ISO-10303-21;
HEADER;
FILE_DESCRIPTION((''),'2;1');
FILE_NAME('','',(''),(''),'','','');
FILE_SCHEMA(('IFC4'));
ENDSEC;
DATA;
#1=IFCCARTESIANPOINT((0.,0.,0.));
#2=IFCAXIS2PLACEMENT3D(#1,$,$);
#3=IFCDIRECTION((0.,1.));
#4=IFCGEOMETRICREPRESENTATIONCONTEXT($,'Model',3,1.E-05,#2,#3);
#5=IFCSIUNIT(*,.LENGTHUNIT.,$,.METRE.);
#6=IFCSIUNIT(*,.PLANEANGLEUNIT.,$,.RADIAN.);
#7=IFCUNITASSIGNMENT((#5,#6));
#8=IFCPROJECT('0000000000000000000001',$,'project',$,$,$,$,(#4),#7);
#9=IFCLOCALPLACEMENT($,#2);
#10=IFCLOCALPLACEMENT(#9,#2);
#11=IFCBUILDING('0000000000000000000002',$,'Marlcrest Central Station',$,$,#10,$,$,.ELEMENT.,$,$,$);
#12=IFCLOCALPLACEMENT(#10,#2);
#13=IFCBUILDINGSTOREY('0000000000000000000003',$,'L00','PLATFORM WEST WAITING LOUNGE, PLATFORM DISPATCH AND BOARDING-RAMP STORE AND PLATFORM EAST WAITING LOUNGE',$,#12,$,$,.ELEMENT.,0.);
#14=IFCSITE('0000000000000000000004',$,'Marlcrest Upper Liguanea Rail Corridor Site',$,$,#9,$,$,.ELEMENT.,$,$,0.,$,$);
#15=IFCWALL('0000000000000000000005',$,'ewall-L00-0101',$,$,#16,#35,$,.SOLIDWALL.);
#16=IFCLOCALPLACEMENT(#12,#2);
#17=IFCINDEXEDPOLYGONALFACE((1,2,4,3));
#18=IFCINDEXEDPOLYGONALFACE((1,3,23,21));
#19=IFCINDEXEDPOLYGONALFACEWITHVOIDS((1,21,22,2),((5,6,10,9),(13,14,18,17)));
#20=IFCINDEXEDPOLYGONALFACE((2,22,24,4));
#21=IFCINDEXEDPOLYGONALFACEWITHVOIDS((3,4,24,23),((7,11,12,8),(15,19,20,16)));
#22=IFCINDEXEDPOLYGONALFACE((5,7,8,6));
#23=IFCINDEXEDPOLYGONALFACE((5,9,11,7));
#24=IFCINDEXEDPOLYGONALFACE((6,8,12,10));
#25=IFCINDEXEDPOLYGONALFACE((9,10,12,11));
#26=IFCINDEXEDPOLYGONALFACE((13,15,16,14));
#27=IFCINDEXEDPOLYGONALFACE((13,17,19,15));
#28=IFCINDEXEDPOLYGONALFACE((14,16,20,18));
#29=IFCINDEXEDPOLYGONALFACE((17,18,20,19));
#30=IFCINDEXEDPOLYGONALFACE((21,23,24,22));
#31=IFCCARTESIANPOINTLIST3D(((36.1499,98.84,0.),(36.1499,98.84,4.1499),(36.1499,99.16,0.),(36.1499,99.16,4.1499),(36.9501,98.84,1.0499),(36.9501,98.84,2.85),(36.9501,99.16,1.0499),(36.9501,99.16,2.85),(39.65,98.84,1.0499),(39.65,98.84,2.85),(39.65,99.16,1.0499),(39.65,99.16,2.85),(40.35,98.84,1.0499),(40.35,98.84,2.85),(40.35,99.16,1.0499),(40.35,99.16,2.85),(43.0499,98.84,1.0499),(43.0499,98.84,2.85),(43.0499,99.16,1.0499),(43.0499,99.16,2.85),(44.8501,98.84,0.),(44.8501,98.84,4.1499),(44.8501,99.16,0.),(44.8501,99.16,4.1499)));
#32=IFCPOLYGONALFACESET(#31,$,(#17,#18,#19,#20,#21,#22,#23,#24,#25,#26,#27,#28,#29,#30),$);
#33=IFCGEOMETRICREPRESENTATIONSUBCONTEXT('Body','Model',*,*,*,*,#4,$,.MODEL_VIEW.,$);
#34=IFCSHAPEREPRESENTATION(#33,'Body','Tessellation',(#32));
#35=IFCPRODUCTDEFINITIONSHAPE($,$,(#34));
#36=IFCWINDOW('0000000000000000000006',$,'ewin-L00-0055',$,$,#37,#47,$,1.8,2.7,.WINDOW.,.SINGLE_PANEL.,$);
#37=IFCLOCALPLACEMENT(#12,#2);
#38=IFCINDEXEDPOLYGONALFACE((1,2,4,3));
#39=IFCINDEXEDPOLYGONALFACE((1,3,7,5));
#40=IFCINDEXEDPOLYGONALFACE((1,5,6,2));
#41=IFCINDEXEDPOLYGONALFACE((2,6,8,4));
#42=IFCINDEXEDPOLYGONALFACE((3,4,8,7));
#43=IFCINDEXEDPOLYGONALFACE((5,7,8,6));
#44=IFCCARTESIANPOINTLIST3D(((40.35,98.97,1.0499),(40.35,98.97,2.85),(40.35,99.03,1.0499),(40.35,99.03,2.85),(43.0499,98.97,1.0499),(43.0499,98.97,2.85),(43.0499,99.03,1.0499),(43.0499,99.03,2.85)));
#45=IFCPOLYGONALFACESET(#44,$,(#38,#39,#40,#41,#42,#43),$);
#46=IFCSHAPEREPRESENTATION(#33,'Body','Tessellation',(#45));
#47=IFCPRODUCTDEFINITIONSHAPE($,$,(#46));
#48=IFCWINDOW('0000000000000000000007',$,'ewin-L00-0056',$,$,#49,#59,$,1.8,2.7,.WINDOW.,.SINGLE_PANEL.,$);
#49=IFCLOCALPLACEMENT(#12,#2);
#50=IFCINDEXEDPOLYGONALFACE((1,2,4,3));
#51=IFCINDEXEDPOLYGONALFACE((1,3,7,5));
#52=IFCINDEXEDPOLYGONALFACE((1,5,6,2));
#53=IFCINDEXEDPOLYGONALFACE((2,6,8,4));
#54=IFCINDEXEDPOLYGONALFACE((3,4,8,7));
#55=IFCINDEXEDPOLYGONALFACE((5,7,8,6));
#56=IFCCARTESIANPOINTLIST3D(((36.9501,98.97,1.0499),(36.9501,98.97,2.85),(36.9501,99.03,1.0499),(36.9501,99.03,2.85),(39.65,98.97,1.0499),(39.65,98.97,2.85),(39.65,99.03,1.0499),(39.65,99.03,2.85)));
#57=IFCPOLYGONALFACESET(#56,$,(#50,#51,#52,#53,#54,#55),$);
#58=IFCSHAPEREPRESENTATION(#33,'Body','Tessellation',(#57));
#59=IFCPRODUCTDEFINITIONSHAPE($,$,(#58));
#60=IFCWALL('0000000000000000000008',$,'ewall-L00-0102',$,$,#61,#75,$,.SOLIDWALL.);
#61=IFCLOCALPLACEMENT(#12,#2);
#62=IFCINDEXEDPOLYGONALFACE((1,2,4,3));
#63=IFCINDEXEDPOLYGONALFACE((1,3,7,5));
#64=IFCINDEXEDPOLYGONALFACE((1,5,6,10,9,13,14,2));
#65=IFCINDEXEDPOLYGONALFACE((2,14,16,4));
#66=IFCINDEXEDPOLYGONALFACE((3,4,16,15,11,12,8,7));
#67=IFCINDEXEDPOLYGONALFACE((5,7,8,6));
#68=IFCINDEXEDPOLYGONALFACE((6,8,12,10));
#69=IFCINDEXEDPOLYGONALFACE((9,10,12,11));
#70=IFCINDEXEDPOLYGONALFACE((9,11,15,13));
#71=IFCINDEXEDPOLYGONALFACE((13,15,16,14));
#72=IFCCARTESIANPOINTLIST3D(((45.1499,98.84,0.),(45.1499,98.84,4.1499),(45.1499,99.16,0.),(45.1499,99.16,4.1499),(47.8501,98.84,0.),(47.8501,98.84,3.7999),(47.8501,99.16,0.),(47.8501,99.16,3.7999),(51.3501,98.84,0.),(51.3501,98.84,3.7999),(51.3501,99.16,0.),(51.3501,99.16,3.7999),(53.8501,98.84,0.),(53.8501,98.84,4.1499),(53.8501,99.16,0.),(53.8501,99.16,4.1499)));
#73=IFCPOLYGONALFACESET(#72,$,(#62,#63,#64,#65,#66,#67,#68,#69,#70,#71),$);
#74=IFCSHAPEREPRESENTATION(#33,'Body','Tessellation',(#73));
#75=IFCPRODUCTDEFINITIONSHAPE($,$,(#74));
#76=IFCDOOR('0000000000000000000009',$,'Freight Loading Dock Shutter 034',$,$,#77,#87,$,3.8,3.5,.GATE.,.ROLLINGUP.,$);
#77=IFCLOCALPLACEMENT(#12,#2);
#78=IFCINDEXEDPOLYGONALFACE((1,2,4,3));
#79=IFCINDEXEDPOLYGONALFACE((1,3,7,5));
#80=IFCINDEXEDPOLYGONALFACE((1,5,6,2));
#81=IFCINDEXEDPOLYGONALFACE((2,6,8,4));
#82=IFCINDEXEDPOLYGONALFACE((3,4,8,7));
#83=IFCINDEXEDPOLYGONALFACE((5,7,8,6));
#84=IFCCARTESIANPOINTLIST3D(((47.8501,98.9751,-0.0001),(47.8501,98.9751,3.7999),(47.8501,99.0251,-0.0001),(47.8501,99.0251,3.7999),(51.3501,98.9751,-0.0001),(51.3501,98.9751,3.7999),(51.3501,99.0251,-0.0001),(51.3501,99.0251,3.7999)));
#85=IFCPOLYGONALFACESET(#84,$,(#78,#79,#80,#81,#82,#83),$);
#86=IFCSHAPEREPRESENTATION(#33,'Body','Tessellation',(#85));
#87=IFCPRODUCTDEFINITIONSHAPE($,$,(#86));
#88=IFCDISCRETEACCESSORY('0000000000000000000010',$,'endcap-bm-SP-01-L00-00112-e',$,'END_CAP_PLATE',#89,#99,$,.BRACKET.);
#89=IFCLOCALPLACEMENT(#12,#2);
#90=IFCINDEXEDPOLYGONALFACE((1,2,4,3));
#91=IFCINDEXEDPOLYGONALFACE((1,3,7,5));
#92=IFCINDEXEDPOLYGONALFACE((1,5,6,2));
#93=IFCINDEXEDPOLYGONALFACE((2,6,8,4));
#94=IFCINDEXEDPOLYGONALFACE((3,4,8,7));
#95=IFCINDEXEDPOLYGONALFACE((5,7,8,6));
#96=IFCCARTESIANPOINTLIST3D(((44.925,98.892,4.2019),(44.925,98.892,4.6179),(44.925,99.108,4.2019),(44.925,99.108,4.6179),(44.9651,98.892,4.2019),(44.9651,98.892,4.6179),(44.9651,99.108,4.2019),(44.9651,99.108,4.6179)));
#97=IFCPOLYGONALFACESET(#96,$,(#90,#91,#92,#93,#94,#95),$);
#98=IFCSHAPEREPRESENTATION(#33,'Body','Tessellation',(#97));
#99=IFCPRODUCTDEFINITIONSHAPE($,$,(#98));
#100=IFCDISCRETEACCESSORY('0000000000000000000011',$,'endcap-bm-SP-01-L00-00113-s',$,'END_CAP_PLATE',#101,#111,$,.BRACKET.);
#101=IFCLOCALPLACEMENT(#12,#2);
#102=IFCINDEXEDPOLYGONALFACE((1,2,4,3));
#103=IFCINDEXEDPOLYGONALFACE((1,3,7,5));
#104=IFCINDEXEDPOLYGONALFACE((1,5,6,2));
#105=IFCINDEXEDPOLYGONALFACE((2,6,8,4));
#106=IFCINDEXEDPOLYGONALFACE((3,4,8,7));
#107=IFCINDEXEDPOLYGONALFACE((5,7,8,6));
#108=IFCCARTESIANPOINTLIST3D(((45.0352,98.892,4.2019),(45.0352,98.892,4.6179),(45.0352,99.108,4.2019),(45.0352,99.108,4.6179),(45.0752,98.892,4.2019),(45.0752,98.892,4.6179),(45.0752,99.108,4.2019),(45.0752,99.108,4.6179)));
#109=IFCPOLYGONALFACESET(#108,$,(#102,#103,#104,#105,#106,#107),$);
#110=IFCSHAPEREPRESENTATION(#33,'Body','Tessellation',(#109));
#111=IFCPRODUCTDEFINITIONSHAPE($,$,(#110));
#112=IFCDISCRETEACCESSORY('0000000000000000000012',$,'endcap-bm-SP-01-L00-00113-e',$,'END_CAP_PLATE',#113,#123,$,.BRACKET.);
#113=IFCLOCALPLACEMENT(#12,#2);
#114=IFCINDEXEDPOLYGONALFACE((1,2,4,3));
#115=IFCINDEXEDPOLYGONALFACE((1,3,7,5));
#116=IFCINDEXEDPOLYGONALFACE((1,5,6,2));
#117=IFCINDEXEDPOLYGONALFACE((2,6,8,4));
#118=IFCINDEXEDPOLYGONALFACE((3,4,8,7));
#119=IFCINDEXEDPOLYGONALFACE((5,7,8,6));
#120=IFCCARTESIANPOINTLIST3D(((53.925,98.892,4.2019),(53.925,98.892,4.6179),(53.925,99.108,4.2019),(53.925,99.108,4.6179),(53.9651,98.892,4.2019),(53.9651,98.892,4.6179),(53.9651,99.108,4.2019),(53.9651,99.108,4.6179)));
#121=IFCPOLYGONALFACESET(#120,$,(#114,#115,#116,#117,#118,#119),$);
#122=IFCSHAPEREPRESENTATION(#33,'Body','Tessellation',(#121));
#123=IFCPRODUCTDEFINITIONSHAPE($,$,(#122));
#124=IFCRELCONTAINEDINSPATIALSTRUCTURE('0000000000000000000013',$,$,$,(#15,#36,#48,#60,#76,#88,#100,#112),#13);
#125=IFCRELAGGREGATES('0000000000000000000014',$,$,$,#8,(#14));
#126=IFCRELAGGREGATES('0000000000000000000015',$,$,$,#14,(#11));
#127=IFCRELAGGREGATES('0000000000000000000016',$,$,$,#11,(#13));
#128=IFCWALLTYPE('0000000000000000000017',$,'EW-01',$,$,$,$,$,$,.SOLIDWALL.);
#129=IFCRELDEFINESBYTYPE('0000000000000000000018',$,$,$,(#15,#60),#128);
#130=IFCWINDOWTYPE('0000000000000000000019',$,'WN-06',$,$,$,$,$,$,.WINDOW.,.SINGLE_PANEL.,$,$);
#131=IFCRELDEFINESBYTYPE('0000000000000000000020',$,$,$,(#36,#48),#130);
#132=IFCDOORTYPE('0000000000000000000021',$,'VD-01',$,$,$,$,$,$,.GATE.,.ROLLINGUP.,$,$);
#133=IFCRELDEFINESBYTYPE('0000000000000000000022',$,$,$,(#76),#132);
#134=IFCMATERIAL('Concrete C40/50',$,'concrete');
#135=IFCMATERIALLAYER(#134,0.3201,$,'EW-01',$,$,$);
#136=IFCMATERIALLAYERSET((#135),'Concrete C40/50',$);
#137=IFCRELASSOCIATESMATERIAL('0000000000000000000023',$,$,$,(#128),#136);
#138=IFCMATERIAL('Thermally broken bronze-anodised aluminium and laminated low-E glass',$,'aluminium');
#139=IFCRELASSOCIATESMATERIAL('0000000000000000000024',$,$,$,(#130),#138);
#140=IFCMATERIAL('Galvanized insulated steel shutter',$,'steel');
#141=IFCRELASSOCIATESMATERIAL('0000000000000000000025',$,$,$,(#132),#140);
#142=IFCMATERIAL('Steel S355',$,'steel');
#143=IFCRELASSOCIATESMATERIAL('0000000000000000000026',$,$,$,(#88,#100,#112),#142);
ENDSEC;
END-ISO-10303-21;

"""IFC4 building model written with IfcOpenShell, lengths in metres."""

from ifc_helpers import new_model, si_unit, direction, frame, frame_2d, origin, origin_2d, place, context, subcontext, project, spatial, rectangle, extrude, material, layer, layer_set, type_object, element, fill, save


model = new_model("IFC4")

# Units and contexts
model_context = context("Model", 3, precision=1e-05, world=origin(), true_north=direction((0.0, 1.0)))
body_context = subcontext(model_context, "Body", "Model", "MODEL_VIEW")
ifc_project = project(units=[si_unit("LENGTHUNIT", "METRE"), si_unit("PLANEANGLEUNIT", "RADIAN")], contexts=[model_context])

# Site, building, storey
site_placement = place(None, origin())
site = spatial("IfcSite", under=ifc_project, at=site_placement, Name="Marlcrest Upper Liguanea Rail Corridor Site", CompositionType="ELEMENT", RefElevation=0.0)
building_placement = place(site_placement, origin())
building = spatial("IfcBuilding", under=site, at=building_placement, Name="Marlcrest Central Station", CompositionType="ELEMENT")
storey_placement = place(building_placement, origin())
storey = spatial("IfcBuildingStorey", under=building, at=storey_placement, Name="L00", Description="PLATFORM WEST WAITING LOUNGE, PLATFORM DISPATCH AND BOARDING-RAMP STORE AND PLATFORM EAST WAITING LOUNGE", CompositionType="ELEMENT", Elevation=0.0)

# Shared definitions
ifc_material_1 = material(Name="Steel S355", Category="steel")

# Wall, openings, windows
ifc_material_2 = material(Name="Concrete C40/50", Category="concrete")
ifc_layer = layer(ifc_material_2, 0.3201, Name="EW-01")
ifc_layer_set = layer_set([ifc_layer], Name="Concrete C40/50")
wall_type = type_object("IfcWallType", Name="EW-01", PredefinedType="SOLIDWALL", material=ifc_layer_set)
wall_1_placement = place(storey_placement, frame((44.8501, 99.0, 0.0), z_axis=(0.0, 0.0, 1.0), x_axis=(-1.0, 0.0, 0.0)))
wall_1 = element("IfcWall", 1, at=wall_1_placement, inside=storey, type_object=wall_type, Name="ewall-L00-0101", PredefinedType="SOLIDWALL", context=body_context, shape_type="SweptSolid", body=[
    extrude(rectangle(XDim=8.7002, YDim=0.3201, at=frame_2d((4.3501, 0.0))), origin(), (0.0, 0.0, 1.0), 4.1499),
])
opening_1_placement = place(wall_1_placement, frame((1.8, 0.0, 1.05)))
opening_1 = element("IfcOpeningElement", 2, at=opening_1_placement, cuts=wall_1, PredefinedType="OPENING", context=body_context, shape_type="SweptSolid", body=[
    extrude(rectangle(XDim=2.7, YDim=1.8, at=frame_2d((1.3501, 0.8999))), frame((0.0, 0.1699, 0.0), z_axis=(0.0, -1.0, 0.0), x_axis=(1.0, 0.0, 0.0)), (0.0, 0.0, 1.0), 0.3401),
])
opening_2_placement = place(wall_1_placement, frame((5.2, 0.0, 1.05)))
opening_2 = element("IfcOpeningElement", 3, at=opening_2_placement, cuts=wall_1, PredefinedType="OPENING", context=body_context, shape_type="SweptSolid", body=[
    extrude(rectangle(XDim=2.7, YDim=1.8, at=frame_2d((1.3501, 0.8999))), frame((0.0, 0.1699, 0.0), z_axis=(0.0, -1.0, 0.0), x_axis=(1.0, 0.0, 0.0)), (0.0, 0.0, 1.0), 0.3401),
])
ifc_material_3 = material(Name="Thermally broken bronze-anodised aluminium and laminated low-E glass", Category="aluminium")
window_type = type_object("IfcWindowType", Name="WN-06", PartitioningType="SINGLE_PANEL", PredefinedType="WINDOW", material=ifc_material_3)
window_1_placement = place(opening_1_placement, origin())
window_1 = element("IfcWindow", 4, at=window_1_placement, inside=storey, type_object=window_type, Name="ewin-L00-0055", OverallHeight=1.8, OverallWidth=2.7, PartitioningType="SINGLE_PANEL", PredefinedType="WINDOW", context=body_context, shape_type="SweptSolid", body=[
    extrude(rectangle(XDim=2.7, YDim=1.8, at=frame_2d((1.3501, 0.8999))), frame((0.0, 0.03, 0.0), z_axis=(0.0, -1.0, 0.0), x_axis=(1.0, 0.0, 0.0)), (0.0, 0.0, 1.0), 0.0601),
])
fill(opening_1, window_1)
window_2_placement = place(opening_2_placement, origin())
window_2 = element("IfcWindow", 5, at=window_2_placement, inside=storey, type_object=window_type, Name="ewin-L00-0056", OverallHeight=1.8, OverallWidth=2.7, PartitioningType="SINGLE_PANEL", PredefinedType="WINDOW", context=body_context, shape_type="SweptSolid", body=[
    extrude(rectangle(XDim=2.7, YDim=1.8, at=frame_2d((1.3501, 0.8999))), frame((0.0, 0.03, 0.0), z_axis=(0.0, -1.0, 0.0), x_axis=(1.0, 0.0, 0.0)), (0.0, 0.0, 1.0), 0.0601),
])
fill(opening_2, window_2)

# Wall, opening, door
wall_2_placement = place(storey_placement, frame((53.8501, 99.0, 0.0), z_axis=(0.0, 0.0, 1.0), x_axis=(-1.0, 0.0, 0.0)))
wall_2 = element("IfcWall", 6, at=wall_2_placement, inside=storey, type_object=wall_type, Name="ewall-L00-0102", PredefinedType="SOLIDWALL", context=body_context, shape_type="SweptSolid", body=[
    extrude(rectangle(XDim=8.7002, YDim=0.3201, at=frame_2d((4.3501, 0.0))), origin(), (0.0, 0.0, 1.0), 4.1499),
])
opening_3_placement = place(wall_2_placement, frame((2.5, 0.0, 0.0)))
opening_3 = element("IfcOpeningElement", 7, at=opening_3_placement, cuts=wall_2, PredefinedType="OPENING", context=body_context, shape_type="SweptSolid", body=[
    extrude(rectangle(XDim=3.5, YDim=3.8, at=frame_2d((1.75, 1.8999))), frame((0.0, 0.1699, 0.0), z_axis=(0.0, -1.0, 0.0), x_axis=(1.0, 0.0, 0.0)), (0.0, 0.0, 1.0), 0.3401),
])
ifc_material_4 = material(Name="Galvanized insulated steel shutter", Category="steel")
door_type = type_object("IfcDoorType", Name="VD-01", OperationType="ROLLINGUP", PredefinedType="GATE", material=ifc_material_4)
door_placement = place(opening_3_placement, origin())
door = element("IfcDoor", 8, at=door_placement, inside=storey, type_object=door_type, Name="Freight Loading Dock Shutter 034", OperationType="ROLLINGUP", OverallHeight=3.8, OverallWidth=3.5, PredefinedType="GATE", context=body_context, shape_type="SweptSolid", body=[
    extrude(rectangle(XDim=3.5, YDim=3.8, at=frame_2d((1.75, 1.8999))), frame((0.0, 0.0249, 0.0), z_axis=(0.0, -1.0, 0.0), x_axis=(1.0, 0.0, 0.0)), (0.0, 0.0, 1.0), 0.05),
])
fill(opening_3, door)

# Discrete accessories
for number, where, z_axis, x_axis, name in (
    (9, (44.925, 99.0, 4.4099), (1.0, 0.0, 0.0), (0.0, 1.0, 0.0), "endcap-bm-SP-01-L00-00112-e"),
    (10, (45.0352, 99.0, 4.4099), (1.0, 0.0, 0.0), (0.0, 1.0, 0.0), "endcap-bm-SP-01-L00-00113-s"),
    (11, (53.925, 99.0, 4.4099), (1.0, 0.0, 0.0), (0.0, 1.0, 0.0), "endcap-bm-SP-01-L00-00113-e"),
):
    element("IfcDiscreteAccessory", number, at=place(storey_placement, frame(where, z_axis=z_axis, x_axis=x_axis)), inside=storey, material=ifc_material_1, Name=name, ObjectType="END_CAP_PLATE", PredefinedType="BRACKET", context=body_context, shape_type="SweptSolid", body=[
        extrude(rectangle(XDim=0.2161, YDim=0.416, at=origin_2d()), origin(), (0.0, 0.0, 1.0), 0.04),
    ])

save(model, "model.ifc")
